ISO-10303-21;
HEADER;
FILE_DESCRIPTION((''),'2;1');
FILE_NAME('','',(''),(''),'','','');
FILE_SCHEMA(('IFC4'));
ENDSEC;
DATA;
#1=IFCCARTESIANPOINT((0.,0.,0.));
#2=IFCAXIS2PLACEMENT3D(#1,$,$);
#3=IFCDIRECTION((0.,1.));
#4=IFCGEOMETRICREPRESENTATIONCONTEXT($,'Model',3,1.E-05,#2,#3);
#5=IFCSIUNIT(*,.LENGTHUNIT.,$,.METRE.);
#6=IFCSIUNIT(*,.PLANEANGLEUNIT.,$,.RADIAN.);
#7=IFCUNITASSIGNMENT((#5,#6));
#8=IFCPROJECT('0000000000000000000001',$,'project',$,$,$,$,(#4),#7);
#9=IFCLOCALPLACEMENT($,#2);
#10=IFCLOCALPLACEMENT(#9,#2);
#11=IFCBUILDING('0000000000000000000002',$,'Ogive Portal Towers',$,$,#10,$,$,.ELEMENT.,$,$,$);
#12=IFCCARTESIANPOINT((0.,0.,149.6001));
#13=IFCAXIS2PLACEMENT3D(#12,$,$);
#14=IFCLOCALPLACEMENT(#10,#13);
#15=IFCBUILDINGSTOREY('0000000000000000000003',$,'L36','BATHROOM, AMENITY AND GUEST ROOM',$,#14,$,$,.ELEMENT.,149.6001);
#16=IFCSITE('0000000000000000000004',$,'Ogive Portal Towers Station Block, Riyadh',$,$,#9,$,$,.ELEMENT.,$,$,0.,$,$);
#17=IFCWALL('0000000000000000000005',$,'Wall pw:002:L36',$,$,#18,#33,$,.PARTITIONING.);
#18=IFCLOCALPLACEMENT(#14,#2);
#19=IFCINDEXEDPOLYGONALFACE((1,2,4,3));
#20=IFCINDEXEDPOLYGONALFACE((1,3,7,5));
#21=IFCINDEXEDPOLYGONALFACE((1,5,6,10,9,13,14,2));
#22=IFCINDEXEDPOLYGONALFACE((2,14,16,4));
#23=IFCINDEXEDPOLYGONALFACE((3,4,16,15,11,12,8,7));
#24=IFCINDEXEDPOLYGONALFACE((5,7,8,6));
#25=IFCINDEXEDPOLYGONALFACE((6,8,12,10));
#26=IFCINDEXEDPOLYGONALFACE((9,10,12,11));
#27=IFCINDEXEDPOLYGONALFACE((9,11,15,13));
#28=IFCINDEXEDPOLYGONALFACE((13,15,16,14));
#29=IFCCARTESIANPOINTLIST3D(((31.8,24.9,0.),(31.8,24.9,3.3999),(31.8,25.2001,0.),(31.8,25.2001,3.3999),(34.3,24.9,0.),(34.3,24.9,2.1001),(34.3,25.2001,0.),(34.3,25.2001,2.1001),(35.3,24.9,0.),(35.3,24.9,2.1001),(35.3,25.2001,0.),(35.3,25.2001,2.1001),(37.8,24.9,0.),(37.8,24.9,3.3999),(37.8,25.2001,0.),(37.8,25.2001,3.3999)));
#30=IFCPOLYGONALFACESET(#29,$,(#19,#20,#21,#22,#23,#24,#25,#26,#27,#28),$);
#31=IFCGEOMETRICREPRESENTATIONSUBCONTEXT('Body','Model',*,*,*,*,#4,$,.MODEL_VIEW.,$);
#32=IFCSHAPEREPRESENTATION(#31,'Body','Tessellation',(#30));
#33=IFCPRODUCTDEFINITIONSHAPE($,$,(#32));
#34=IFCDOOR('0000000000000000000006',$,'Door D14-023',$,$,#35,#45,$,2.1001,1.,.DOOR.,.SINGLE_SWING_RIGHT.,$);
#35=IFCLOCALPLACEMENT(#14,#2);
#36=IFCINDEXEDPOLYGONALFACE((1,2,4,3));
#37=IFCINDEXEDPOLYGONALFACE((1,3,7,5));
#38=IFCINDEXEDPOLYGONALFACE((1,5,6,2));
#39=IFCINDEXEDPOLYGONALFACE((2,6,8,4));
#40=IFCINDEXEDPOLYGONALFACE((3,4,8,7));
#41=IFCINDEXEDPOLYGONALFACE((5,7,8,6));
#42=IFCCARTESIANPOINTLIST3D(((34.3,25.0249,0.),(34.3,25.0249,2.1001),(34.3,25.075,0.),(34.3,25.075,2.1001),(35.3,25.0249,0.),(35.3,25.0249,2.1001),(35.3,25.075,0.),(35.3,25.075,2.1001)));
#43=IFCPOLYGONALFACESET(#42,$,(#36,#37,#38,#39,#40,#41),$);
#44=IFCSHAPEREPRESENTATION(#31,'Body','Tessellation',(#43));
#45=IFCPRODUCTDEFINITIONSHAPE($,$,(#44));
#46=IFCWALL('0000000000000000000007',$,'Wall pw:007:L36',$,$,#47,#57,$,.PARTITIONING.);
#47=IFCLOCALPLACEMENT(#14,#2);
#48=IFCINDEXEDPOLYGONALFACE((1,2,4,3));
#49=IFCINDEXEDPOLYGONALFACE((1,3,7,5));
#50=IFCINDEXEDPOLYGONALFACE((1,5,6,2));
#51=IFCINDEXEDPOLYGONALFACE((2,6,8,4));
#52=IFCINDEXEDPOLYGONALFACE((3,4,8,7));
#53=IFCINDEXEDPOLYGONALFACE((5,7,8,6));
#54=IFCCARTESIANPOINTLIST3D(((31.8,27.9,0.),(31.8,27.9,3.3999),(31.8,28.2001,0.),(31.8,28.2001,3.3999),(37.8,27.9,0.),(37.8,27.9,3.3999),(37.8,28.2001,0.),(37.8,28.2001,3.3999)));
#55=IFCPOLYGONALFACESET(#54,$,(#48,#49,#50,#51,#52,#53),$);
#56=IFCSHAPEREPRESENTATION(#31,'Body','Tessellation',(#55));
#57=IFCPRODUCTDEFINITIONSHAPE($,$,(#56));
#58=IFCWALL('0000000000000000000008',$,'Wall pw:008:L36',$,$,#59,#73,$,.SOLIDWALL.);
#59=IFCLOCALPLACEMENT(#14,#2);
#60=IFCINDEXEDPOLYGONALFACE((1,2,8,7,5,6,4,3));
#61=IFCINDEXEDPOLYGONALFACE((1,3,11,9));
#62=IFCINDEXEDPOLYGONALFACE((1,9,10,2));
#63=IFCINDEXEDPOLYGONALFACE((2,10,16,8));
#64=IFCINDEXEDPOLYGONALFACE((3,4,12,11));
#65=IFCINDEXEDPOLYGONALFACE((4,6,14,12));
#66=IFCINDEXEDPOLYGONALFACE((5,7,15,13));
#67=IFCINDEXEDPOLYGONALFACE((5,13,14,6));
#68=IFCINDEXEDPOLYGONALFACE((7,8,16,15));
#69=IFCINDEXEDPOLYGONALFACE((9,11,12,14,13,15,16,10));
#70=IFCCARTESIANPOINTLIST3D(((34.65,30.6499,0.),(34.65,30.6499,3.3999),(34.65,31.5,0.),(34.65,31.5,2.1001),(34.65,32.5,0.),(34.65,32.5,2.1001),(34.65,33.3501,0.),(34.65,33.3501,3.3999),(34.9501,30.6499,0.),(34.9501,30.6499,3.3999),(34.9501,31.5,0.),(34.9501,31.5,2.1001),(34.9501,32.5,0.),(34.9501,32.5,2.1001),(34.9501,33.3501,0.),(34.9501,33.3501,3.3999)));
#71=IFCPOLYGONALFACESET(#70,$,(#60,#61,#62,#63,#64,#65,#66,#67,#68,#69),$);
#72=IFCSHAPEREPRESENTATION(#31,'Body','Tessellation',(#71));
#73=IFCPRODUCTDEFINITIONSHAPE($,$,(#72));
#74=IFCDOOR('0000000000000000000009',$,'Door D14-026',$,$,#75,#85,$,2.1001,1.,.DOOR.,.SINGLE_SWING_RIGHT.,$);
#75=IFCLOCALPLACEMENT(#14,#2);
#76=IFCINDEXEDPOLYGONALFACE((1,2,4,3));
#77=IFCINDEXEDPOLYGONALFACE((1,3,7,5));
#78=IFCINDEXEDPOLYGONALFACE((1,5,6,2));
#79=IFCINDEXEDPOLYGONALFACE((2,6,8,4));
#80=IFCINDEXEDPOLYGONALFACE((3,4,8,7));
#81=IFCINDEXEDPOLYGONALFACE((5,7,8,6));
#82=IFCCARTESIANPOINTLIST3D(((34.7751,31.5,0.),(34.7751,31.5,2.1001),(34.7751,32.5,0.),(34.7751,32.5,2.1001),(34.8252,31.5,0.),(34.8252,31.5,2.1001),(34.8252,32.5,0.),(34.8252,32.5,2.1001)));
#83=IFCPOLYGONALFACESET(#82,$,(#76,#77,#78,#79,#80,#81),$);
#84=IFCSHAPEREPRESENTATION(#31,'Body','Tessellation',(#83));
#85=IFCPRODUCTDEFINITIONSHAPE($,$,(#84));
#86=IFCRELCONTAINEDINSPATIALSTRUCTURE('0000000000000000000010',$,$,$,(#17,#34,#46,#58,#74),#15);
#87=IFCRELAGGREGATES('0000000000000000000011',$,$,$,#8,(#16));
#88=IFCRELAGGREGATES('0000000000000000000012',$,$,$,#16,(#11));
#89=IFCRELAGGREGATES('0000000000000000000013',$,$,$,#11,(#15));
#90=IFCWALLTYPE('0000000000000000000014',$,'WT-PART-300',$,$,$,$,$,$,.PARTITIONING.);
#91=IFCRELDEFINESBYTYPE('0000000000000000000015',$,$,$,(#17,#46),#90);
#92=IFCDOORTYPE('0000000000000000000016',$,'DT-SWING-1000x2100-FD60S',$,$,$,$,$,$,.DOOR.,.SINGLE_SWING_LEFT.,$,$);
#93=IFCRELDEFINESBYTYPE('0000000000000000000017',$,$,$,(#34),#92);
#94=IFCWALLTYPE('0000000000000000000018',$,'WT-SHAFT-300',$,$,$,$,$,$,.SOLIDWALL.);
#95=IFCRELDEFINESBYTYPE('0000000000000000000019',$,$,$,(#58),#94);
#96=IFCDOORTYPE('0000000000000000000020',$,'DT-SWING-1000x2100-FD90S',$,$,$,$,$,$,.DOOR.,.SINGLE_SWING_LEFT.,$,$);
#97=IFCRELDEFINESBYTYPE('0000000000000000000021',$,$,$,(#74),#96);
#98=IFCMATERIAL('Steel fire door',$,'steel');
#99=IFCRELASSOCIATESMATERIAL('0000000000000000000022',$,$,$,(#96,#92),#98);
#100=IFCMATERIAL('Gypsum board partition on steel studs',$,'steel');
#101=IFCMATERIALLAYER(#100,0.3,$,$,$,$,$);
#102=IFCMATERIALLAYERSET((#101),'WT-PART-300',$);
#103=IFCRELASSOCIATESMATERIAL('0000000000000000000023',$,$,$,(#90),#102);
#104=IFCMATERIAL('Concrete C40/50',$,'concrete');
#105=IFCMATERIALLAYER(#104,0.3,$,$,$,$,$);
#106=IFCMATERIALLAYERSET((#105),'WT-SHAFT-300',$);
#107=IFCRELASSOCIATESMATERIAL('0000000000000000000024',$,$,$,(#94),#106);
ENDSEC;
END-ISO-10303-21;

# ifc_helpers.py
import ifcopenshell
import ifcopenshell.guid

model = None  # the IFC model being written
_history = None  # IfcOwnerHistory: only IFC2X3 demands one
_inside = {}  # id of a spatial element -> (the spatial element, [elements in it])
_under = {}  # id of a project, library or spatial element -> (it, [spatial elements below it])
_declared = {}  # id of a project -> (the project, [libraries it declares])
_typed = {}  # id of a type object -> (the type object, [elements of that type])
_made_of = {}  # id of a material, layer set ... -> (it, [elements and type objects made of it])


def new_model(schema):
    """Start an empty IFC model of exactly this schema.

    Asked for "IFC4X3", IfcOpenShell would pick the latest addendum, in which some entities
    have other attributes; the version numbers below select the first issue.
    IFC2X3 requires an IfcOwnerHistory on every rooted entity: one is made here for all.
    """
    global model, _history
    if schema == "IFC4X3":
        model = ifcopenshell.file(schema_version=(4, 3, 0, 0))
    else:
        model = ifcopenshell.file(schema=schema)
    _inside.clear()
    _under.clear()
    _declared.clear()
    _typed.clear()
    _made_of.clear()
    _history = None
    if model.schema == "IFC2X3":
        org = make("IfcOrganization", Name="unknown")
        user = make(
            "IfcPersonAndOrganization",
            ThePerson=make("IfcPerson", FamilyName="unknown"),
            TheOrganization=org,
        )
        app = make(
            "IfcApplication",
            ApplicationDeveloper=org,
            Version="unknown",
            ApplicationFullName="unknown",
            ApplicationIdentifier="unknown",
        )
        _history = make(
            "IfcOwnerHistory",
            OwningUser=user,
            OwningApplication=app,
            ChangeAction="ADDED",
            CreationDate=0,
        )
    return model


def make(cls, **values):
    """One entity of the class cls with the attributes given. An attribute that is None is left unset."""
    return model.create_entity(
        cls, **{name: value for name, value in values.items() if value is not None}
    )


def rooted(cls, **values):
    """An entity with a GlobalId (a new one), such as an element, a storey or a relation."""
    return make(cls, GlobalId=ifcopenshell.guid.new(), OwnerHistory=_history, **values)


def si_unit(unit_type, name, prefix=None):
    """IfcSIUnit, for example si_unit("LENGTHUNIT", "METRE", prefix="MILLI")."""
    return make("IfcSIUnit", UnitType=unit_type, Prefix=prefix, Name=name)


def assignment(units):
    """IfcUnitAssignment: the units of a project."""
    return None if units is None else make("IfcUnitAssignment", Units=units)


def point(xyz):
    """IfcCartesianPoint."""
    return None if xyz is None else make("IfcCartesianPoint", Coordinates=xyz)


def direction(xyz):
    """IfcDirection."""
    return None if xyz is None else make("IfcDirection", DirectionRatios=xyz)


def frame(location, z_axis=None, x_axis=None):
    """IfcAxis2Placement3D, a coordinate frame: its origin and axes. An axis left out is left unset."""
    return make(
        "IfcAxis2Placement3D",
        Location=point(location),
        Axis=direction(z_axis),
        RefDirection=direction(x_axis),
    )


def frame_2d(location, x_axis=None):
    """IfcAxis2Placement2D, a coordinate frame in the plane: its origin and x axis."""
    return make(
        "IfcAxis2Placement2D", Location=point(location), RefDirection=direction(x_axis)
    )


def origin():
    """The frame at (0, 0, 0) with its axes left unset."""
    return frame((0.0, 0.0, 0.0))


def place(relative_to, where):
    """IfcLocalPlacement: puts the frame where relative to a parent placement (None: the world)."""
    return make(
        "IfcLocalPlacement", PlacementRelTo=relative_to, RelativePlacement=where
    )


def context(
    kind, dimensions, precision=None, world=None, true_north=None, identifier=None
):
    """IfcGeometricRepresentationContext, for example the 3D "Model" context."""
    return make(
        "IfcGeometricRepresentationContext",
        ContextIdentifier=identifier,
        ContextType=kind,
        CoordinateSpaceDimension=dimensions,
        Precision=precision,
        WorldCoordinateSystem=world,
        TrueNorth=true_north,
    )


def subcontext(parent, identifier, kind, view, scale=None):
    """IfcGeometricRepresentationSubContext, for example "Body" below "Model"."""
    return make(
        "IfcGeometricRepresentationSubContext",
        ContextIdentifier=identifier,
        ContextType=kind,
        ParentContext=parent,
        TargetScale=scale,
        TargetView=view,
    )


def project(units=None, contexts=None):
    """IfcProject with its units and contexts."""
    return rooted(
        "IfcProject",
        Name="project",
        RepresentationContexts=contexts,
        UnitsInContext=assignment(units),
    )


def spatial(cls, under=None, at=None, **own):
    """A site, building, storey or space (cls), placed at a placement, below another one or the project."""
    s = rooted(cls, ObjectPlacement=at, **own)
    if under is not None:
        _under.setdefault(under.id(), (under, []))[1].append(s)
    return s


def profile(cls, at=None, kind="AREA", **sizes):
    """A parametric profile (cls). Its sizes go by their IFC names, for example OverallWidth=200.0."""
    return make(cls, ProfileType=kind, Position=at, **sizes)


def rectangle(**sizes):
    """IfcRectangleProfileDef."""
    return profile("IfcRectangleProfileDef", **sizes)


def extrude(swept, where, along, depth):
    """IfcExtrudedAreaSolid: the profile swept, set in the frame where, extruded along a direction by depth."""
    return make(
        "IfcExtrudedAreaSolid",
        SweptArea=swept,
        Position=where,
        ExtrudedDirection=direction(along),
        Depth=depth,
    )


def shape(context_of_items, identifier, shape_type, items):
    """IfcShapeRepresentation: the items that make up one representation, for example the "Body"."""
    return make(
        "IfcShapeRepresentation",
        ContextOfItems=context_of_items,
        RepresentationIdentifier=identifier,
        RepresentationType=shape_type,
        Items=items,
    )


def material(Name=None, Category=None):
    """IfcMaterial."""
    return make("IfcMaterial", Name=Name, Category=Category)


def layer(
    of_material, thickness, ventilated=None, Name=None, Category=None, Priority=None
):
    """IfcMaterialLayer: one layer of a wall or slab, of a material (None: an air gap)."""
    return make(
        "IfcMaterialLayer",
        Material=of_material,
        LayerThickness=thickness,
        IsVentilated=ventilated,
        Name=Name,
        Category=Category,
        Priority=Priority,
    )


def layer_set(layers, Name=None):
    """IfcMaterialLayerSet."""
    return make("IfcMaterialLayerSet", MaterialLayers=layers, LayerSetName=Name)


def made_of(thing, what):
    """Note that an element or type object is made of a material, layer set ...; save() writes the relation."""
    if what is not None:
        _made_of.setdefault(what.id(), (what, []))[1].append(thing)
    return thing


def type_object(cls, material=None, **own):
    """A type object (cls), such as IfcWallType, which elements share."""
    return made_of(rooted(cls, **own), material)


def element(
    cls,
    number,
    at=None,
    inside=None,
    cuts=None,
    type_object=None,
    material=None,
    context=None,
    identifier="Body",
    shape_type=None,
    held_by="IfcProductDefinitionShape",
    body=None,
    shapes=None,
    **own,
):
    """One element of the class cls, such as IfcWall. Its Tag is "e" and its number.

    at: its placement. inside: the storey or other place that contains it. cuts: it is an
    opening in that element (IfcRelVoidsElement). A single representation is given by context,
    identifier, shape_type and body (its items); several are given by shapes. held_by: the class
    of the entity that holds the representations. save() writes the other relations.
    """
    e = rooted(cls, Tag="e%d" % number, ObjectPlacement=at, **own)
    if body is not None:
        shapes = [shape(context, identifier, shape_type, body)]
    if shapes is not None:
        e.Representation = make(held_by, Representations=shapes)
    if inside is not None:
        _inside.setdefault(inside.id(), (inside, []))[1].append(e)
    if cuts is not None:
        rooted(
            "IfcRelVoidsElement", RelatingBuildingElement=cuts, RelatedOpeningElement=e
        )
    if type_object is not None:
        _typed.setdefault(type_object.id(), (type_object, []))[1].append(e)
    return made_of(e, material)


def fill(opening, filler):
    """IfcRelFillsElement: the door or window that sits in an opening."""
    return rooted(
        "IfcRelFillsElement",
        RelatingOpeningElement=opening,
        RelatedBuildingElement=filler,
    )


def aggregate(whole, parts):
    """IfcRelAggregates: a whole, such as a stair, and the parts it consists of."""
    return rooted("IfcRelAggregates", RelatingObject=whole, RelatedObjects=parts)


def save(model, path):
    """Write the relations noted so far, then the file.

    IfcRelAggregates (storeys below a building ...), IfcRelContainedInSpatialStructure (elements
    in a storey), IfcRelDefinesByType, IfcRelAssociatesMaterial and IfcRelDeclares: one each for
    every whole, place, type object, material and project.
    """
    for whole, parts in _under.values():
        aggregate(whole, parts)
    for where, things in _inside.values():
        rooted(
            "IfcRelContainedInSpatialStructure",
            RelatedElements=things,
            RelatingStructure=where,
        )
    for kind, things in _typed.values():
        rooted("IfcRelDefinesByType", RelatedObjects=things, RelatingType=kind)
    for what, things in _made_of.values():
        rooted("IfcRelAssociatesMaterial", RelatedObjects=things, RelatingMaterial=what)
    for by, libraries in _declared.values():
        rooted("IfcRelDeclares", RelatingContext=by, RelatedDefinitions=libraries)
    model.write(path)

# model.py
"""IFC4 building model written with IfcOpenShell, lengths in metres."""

from ifc_helpers import new_model, si_unit, direction, frame, frame_2d, origin, place, context, subcontext, project, spatial, rectangle, extrude, material, layer, layer_set, type_object, element, fill, save


model = new_model("IFC4")

# Units and contexts
model_context = context("Model", 3, precision=1e-05, world=origin(), true_north=direction((0.0, 1.0)))
body_context = subcontext(model_context, "Body", "Model", "MODEL_VIEW")
ifc_project = project(units=[si_unit("LENGTHUNIT", "METRE"), si_unit("PLANEANGLEUNIT", "RADIAN")], contexts=[model_context])

# Site, building, storey
site_placement = place(None, origin())
site = spatial("IfcSite", under=ifc_project, at=site_placement, Name="Ogive Portal Towers Station Block, Riyadh", CompositionType="ELEMENT", RefElevation=0.0)
building_placement = place(site_placement, origin())
building = spatial("IfcBuilding", under=site, at=building_placement, Name="Ogive Portal Towers", CompositionType="ELEMENT")
storey_placement = place(building_placement, frame((0.0, 0.0, 149.6001)))
storey = spatial("IfcBuildingStorey", under=building, at=storey_placement, Name="L36", Description="BATHROOM, AMENITY AND GUEST ROOM", CompositionType="ELEMENT", Elevation=149.6001)

# Shared definitions
ifc_material_1 = material(Name="Concrete C40/50", Category="concrete")

# Shared definitions
ifc_material_2 = material(Name="Steel fire door", Category="steel")
door_type_1 = type_object("IfcDoorType", Name="DT-SWING-1000x2100-FD90S", OperationType="SINGLE_SWING_LEFT", PredefinedType="DOOR", material=ifc_material_2)

# Wall, opening, door
ifc_material_3 = material(Name="Gypsum board partition on steel studs", Category="steel")
ifc_layer_1 = layer(ifc_material_3, 0.3)
ifc_layer_set_1 = layer_set([ifc_layer_1], Name="WT-PART-300")
wall_type_1 = type_object("IfcWallType", Name="WT-PART-300", PredefinedType="PARTITIONING", material=ifc_layer_set_1)
wall_1_placement = place(storey_placement, frame((31.8, 25.05, 0.0), z_axis=(0.0, 0.0, 1.0), x_axis=(1.0, 0.0, 0.0)))
wall_1 = element("IfcWall", 1, at=wall_1_placement, inside=storey, type_object=wall_type_1, Name="Wall pw:002:L36", PredefinedType="PARTITIONING", context=body_context, shape_type="SweptSolid", body=[
    extrude(rectangle(XDim=6.0, YDim=0.3, at=frame_2d((3.0, 0.0))), origin(), (0.0, 0.0, 1.0), 3.3999),
])
opening_1_placement = place(wall_1_placement, frame((2.5, 0.0, 0.0)))
opening_1 = element("IfcOpeningElement", 2, at=opening_1_placement, cuts=wall_1, PredefinedType="OPENING", context=body_context, shape_type="SweptSolid", body=[
    extrude(rectangle(XDim=1.0, YDim=2.1001, at=frame_2d((0.5, 1.05))), frame((0.0, 0.1602, 0.0), z_axis=(0.0, -1.0, 0.0), x_axis=(1.0, 0.0, 0.0)), (0.0, 0.0, 1.0), 0.3201),
])
door_type_2 = type_object("IfcDoorType", Name="DT-SWING-1000x2100-FD60S", OperationType="SINGLE_SWING_LEFT", PredefinedType="DOOR", material=ifc_material_2)
door_1_placement = place(opening_1_placement, origin())
door_1 = element("IfcDoor", 3, at=door_1_placement, inside=storey, type_object=door_type_2, Name="Door D14-023", OperationType="SINGLE_SWING_RIGHT", OverallHeight=2.1001, OverallWidth=1.0, PredefinedType="DOOR", context=body_context, shape_type="SweptSolid", body=[
    extrude(rectangle(XDim=1.0, YDim=2.1001, at=frame_2d((0.5, 1.05))), frame((0.0, 0.0249, 0.0), z_axis=(0.0, -1.0, 0.0), x_axis=(1.0, 0.0, 0.0)), (0.0, 0.0, 1.0), 0.05),
])
fill(opening_1, door_1)

# Wall
wall_2_placement = place(storey_placement, frame((31.8, 28.05, 0.0), z_axis=(0.0, 0.0, 1.0), x_axis=(1.0, 0.0, 0.0)))
element("IfcWall", 4, at=wall_2_placement, inside=storey, type_object=wall_type_1, Name="Wall pw:007:L36", PredefinedType="PARTITIONING", context=body_context, shape_type="SweptSolid", body=[
    extrude(rectangle(XDim=6.0, YDim=0.3, at=frame_2d((3.0, 0.0))), origin(), (0.0, 0.0, 1.0), 3.3999),
])

# Wall, opening, door
ifc_layer_2 = layer(ifc_material_1, 0.3)
ifc_layer_set_2 = layer_set([ifc_layer_2], Name="WT-SHAFT-300")
wall_type_2 = type_object("IfcWallType", Name="WT-SHAFT-300", PredefinedType="SOLIDWALL", material=ifc_layer_set_2)
wall_3_placement = place(storey_placement, frame((34.8, 30.6499, 0.0), z_axis=(0.0, 0.0, 1.0), x_axis=(0.0, 1.0, 0.0)))
wall_3 = element("IfcWall", 5, at=wall_3_placement, inside=storey, type_object=wall_type_2, Name="Wall pw:008:L36", PredefinedType="SOLIDWALL", context=body_context, shape_type="SweptSolid", body=[
    extrude(rectangle(XDim=2.7002, YDim=0.3, at=frame_2d((1.3501, 0.0))), origin(), (0.0, 0.0, 1.0), 3.3999),
])
opening_2_placement = place(wall_3_placement, frame((0.8501, 0.0, 0.0)))
opening_2 = element("IfcOpeningElement", 6, at=opening_2_placement, cuts=wall_3, PredefinedType="OPENING", context=body_context, shape_type="SweptSolid", body=[
    extrude(rectangle(XDim=1.0, YDim=2.1001, at=frame_2d((0.5, 1.05))), frame((0.0, 0.1602, 0.0), z_axis=(0.0, -1.0, 0.0), x_axis=(1.0, 0.0, 0.0)), (0.0, 0.0, 1.0), 0.3201),
])
door_2_placement = place(opening_2_placement, origin())
door_2 = element("IfcDoor", 7, at=door_2_placement, inside=storey, type_object=door_type_1, Name="Door D14-026", OperationType="SINGLE_SWING_RIGHT", OverallHeight=2.1001, OverallWidth=1.0, PredefinedType="DOOR", context=body_context, shape_type="SweptSolid", body=[
    extrude(rectangle(XDim=1.0, YDim=2.1001, at=frame_2d((0.5, 1.05))), frame((0.0, 0.0249, 0.0), z_axis=(0.0, -1.0, 0.0), x_axis=(1.0, 0.0, 0.0)), (0.0, 0.0, 1.0), 0.05),
])
fill(opening_2, door_2)

save(model, "model.ifc")
